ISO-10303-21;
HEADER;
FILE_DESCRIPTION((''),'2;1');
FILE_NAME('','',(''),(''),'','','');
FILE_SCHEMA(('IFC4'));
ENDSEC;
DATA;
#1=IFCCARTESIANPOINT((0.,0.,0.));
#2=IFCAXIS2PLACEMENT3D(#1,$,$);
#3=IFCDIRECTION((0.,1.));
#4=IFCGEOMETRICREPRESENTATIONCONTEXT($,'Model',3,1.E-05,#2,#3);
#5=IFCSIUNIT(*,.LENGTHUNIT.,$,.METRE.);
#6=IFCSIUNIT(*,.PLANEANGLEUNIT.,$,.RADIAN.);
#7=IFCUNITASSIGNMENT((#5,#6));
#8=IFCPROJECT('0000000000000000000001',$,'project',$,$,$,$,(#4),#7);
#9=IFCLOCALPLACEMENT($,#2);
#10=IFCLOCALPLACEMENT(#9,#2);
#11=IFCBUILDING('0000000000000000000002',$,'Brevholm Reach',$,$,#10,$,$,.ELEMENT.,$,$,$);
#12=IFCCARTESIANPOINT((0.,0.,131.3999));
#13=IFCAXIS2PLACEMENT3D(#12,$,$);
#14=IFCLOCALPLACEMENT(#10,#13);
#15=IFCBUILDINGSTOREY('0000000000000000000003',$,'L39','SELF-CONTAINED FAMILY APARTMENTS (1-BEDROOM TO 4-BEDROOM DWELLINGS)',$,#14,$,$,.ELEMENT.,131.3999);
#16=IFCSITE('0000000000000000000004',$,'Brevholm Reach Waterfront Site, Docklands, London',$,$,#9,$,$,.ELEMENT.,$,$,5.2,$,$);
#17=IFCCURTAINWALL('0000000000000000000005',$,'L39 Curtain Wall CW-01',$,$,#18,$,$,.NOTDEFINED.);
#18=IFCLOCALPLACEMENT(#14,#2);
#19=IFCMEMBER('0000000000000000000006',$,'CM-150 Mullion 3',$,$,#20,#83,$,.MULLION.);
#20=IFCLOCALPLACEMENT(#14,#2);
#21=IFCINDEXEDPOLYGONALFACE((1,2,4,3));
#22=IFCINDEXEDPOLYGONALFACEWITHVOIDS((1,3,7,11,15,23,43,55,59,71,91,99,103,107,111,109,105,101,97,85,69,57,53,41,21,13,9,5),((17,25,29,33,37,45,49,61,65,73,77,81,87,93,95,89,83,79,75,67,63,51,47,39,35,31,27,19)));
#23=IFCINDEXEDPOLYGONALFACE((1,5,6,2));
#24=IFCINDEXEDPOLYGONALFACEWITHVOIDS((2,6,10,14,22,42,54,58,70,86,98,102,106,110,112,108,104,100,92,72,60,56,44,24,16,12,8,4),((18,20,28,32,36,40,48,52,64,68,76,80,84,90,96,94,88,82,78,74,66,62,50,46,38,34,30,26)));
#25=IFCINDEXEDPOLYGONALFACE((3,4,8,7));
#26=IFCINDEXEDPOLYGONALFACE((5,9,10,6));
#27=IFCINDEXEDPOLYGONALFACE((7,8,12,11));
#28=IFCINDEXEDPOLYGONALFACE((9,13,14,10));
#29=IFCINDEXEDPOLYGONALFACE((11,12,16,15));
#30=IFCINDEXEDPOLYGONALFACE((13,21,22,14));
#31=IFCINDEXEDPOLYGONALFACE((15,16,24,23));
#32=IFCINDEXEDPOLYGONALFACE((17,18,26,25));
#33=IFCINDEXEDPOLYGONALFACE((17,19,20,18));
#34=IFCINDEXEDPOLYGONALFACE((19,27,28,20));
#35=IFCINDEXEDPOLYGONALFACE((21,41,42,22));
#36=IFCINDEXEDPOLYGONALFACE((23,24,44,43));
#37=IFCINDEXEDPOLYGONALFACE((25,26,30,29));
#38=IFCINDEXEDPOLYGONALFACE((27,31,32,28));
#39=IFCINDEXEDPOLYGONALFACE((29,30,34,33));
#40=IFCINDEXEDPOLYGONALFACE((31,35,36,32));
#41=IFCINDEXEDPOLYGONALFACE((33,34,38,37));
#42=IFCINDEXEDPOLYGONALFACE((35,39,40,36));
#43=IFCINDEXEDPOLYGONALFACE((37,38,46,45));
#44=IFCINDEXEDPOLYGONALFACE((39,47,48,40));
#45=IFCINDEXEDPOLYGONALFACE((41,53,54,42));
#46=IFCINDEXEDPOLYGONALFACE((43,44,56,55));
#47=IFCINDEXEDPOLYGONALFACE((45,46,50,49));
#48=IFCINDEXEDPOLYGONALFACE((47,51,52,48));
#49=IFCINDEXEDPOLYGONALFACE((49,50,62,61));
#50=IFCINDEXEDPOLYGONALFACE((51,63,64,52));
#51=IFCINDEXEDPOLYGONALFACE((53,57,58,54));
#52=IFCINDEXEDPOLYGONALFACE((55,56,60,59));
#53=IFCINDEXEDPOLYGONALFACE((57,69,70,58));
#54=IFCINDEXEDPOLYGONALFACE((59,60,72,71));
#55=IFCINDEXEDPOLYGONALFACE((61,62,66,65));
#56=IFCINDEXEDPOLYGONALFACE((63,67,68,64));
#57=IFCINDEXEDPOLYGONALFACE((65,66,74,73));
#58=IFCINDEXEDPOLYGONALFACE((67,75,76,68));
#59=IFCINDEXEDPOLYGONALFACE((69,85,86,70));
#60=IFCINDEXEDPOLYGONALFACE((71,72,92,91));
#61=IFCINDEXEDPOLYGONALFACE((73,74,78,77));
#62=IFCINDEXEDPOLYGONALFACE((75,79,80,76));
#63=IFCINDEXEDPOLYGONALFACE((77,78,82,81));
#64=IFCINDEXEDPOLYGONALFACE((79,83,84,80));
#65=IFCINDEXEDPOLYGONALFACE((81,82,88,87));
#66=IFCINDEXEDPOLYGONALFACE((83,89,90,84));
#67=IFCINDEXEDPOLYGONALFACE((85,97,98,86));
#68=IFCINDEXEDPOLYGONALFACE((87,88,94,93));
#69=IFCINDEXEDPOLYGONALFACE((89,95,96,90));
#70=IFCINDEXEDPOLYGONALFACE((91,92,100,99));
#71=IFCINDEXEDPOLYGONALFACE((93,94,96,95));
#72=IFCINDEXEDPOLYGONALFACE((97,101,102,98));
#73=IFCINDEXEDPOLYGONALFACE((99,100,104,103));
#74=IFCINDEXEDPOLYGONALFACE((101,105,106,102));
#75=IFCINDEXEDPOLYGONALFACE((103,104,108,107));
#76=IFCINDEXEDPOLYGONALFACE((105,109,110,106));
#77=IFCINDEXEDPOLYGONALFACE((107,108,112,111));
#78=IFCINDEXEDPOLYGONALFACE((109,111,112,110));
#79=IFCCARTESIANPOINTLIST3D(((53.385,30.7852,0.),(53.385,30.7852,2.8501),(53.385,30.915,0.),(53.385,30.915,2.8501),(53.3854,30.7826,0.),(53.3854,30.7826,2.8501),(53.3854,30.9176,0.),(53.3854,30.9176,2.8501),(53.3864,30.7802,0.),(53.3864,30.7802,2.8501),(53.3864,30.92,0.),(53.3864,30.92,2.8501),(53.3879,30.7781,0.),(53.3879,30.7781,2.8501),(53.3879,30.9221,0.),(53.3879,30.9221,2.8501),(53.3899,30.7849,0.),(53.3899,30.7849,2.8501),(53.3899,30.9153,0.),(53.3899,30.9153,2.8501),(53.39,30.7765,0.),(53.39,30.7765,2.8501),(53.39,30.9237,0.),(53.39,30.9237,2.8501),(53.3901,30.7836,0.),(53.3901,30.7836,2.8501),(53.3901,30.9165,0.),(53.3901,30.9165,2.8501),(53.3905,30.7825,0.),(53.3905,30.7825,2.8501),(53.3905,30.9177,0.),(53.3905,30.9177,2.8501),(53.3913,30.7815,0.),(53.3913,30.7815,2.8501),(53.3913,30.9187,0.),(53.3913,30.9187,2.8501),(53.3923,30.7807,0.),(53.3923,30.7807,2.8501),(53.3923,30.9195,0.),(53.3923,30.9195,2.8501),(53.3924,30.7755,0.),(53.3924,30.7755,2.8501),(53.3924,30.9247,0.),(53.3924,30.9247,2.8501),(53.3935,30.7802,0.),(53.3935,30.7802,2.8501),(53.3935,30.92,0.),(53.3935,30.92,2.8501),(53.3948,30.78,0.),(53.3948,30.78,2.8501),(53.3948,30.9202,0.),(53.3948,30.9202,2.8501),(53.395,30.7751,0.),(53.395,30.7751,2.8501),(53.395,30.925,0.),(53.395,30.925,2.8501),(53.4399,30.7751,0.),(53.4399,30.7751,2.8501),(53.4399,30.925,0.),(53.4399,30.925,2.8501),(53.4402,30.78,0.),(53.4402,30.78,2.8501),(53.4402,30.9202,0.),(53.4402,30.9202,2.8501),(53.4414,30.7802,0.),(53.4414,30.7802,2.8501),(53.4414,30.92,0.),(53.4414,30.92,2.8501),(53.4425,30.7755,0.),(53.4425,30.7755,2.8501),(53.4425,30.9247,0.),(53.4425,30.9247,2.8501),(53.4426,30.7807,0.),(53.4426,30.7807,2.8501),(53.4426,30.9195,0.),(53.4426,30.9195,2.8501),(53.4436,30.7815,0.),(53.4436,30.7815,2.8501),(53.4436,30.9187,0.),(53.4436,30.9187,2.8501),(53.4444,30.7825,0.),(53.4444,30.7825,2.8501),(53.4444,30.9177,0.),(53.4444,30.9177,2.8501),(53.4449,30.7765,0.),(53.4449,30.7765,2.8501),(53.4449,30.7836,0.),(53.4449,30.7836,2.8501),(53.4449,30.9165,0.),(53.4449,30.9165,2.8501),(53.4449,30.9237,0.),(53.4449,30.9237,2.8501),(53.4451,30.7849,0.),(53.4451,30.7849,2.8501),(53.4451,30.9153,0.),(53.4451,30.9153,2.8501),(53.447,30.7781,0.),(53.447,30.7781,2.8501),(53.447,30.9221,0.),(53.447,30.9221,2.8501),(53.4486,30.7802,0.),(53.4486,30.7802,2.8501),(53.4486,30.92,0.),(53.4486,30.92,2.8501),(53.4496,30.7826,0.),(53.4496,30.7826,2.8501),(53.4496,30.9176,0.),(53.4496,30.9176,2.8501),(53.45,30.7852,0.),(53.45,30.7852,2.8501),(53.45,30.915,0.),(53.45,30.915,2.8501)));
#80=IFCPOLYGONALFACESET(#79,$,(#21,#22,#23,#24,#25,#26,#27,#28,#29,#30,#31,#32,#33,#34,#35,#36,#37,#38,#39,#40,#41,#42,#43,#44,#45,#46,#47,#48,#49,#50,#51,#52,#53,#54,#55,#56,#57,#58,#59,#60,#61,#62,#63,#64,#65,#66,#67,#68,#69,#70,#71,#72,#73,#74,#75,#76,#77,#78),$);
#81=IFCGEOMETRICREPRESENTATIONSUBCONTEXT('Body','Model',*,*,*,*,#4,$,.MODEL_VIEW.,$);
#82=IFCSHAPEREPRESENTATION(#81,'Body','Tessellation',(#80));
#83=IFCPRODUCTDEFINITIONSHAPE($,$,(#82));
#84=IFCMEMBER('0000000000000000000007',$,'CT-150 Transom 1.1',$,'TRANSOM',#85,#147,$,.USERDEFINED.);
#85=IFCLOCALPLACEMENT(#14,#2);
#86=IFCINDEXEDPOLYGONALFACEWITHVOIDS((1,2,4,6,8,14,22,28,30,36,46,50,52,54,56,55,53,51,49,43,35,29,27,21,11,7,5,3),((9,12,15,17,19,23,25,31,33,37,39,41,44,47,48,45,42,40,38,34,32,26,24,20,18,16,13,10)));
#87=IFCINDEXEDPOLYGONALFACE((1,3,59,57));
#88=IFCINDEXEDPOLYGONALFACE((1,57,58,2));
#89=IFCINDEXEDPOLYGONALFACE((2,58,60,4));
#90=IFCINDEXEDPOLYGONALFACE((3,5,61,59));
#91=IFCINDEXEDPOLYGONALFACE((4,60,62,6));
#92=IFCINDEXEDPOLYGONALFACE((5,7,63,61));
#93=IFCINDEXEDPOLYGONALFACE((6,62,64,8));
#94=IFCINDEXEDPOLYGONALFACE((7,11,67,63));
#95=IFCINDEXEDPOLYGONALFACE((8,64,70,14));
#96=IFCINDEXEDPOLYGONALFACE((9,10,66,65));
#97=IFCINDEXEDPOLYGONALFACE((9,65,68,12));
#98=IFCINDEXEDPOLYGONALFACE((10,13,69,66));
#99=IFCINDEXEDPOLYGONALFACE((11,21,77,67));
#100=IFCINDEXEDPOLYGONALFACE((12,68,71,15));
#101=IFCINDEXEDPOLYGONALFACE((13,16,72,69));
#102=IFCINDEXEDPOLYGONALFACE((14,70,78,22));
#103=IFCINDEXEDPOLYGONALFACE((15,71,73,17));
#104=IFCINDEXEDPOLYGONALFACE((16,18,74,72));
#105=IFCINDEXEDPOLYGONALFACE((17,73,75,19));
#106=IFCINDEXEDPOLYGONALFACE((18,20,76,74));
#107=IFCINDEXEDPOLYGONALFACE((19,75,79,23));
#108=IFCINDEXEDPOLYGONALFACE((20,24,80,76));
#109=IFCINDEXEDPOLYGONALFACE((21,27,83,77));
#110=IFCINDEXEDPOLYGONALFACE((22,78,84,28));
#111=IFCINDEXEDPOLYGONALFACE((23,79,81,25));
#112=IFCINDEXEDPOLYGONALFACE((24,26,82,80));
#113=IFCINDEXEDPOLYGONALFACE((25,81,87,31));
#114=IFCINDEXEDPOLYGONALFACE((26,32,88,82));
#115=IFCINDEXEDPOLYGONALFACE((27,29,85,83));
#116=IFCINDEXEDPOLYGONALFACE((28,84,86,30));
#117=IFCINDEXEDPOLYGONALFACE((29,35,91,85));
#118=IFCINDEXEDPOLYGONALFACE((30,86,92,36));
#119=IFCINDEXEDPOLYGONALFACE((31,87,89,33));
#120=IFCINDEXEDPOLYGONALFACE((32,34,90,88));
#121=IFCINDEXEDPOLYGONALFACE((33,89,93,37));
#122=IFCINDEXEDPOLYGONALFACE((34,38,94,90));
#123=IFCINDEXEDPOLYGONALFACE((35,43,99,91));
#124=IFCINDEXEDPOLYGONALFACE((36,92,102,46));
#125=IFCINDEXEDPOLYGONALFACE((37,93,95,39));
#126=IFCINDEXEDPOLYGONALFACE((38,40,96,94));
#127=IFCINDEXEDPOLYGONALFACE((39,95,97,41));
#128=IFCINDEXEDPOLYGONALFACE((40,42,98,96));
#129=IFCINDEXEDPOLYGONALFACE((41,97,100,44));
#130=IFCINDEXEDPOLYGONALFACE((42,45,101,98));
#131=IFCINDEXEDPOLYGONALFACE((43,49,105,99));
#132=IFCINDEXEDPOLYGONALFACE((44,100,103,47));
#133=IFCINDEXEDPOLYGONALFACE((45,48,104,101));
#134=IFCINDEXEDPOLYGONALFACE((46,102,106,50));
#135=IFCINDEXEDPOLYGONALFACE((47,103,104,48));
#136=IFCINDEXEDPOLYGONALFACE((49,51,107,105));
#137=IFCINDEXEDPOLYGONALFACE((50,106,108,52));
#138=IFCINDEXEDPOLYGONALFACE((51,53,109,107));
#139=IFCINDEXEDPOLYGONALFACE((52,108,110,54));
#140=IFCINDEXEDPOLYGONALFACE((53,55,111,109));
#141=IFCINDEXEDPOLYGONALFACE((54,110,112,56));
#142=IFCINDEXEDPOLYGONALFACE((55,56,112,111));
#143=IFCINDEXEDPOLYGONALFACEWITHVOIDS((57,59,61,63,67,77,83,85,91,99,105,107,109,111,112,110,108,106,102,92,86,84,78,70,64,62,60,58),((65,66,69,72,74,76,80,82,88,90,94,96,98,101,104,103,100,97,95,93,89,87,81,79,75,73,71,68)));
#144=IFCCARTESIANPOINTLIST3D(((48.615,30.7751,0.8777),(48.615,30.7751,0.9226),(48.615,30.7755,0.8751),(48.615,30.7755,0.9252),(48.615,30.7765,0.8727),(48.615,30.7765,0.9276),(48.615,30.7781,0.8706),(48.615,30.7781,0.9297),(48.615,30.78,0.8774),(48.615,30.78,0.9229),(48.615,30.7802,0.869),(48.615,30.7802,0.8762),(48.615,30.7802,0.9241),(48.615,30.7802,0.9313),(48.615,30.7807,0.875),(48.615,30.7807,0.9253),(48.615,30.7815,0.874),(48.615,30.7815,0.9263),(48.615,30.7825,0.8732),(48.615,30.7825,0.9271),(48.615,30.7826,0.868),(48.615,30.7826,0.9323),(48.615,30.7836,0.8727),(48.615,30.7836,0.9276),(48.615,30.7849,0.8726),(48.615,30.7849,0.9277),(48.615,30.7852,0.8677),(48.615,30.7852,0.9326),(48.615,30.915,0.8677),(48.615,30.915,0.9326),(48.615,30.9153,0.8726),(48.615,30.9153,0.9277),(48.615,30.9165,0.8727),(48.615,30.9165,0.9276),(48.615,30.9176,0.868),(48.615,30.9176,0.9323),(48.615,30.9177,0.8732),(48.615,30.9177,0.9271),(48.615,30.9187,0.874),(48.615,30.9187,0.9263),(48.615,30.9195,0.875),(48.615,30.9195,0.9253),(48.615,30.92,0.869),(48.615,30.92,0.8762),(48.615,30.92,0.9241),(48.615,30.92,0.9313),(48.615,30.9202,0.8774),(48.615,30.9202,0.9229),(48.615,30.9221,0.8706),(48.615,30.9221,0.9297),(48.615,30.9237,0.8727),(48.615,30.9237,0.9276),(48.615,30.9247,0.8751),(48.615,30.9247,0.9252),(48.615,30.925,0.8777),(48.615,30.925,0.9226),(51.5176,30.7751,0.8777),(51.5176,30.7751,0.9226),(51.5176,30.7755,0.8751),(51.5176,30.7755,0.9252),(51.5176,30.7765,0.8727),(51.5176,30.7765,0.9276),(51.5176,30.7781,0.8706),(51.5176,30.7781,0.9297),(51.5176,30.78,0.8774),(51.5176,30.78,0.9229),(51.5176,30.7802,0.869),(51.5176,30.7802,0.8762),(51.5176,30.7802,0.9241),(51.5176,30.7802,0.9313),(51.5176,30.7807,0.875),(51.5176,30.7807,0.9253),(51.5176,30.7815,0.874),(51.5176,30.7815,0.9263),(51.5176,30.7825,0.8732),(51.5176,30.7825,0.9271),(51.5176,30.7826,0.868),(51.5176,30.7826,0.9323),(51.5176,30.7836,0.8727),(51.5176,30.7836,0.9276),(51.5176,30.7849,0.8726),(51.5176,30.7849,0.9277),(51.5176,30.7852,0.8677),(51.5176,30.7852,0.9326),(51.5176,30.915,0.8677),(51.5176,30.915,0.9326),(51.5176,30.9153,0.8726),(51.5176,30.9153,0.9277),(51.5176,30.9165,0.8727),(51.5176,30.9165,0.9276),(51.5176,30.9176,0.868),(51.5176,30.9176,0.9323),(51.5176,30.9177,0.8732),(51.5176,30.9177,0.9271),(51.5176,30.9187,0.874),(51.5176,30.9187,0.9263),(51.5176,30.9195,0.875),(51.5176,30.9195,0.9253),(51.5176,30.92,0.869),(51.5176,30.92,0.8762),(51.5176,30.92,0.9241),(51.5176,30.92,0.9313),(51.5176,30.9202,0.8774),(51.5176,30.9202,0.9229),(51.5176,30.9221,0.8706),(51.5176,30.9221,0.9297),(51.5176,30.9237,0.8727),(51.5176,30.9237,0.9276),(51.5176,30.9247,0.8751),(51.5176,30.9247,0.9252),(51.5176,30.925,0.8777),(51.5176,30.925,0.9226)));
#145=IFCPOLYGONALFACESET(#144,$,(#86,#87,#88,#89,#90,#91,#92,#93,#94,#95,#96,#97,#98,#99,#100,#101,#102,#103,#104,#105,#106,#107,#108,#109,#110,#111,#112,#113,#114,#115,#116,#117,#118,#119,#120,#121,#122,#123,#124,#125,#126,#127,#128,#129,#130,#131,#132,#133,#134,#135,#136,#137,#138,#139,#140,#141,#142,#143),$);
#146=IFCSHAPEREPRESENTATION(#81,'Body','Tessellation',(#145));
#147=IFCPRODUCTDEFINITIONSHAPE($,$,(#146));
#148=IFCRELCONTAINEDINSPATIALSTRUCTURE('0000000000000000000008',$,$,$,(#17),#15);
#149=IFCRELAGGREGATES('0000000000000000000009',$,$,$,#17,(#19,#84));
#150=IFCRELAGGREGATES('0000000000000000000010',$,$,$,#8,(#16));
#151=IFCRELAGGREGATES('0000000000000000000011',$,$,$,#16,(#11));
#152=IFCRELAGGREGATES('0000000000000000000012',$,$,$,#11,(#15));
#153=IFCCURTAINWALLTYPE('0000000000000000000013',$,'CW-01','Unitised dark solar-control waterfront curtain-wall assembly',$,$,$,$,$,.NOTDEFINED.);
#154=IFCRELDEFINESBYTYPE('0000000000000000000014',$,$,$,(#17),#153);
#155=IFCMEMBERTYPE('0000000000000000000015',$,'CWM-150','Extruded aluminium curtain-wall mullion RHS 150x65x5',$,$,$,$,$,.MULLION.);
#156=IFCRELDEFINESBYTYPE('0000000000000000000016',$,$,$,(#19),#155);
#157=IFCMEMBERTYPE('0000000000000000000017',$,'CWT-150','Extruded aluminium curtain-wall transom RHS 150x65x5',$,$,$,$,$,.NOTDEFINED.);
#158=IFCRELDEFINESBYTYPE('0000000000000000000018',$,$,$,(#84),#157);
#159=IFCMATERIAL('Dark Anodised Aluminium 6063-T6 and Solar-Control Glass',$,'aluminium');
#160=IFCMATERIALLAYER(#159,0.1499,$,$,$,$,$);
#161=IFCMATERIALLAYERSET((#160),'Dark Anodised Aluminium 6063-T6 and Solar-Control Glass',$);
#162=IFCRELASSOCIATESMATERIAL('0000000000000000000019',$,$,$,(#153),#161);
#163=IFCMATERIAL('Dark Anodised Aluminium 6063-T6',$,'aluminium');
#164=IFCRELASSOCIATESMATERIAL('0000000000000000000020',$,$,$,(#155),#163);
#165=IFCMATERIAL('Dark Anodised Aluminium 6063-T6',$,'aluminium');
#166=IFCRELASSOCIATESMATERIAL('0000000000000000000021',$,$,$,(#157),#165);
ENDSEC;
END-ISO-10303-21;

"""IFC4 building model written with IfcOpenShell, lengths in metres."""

from ifc_helpers import new_model, si_unit, direction, frame, origin, origin_2d, place, context, subcontext, project, spatial, hollow_rectangle, extrude, material, layer, layer_set, material_profile, profile_set, type_object, element, aggregate, save


model = new_model("IFC4")

# Units and contexts
model_context = context("Model", 3, precision=1e-05, world=origin(), true_north=direction((0.0, 1.0)))
body_context = subcontext(model_context, "Body", "Model", "MODEL_VIEW")
ifc_project = project(units=[si_unit("LENGTHUNIT", "METRE"), si_unit("PLANEANGLEUNIT", "RADIAN")], contexts=[model_context])

# Site, building, storey
site_placement = place(None, origin())
site = spatial("IfcSite", under=ifc_project, at=site_placement, Name="Brevholm Reach Waterfront Site, Docklands, London", CompositionType="ELEMENT", RefElevation=5.2)
building_placement = place(site_placement, origin())
building = spatial("IfcBuilding", under=site, at=building_placement, Name="Brevholm Reach", CompositionType="ELEMENT")
storey_placement = place(building_placement, frame((0.0, 0.0, 131.3999)))
storey = spatial("IfcBuildingStorey", under=building, at=storey_placement, Name="L39", Description="SELF-CONTAINED FAMILY APARTMENTS (1-BEDROOM TO 4-BEDROOM DWELLINGS)", CompositionType="ELEMENT", Elevation=131.3999)

# Curtain wall, members
ifc_material_1 = material(Name="Dark Anodised Aluminium 6063-T6 and Solar-Control Glass", Category="aluminium")
ifc_layer_1 = layer(ifc_material_1, 0.1499)
ifc_layer_set_1 = layer_set([ifc_layer_1], Name="Dark Anodised Aluminium 6063-T6 and Solar-Control Glass")
curtain_wall_type = type_object("IfcCurtainWallType", Name="CW-01", Description="Unitised dark solar-control waterfront curtain-wall assembly", PredefinedType="NOTDEFINED", material=ifc_layer_set_1)
curtain_wall_placement = place(storey_placement, origin())
curtain_wall = element("IfcCurtainWall", 1, at=curtain_wall_placement, inside=storey, type_object=curtain_wall_type, Name="L39 Curtain Wall CW-01", PredefinedType="NOTDEFINED")
ifc_material_2 = material(Name="Dark Anodised Aluminium 6063-T6", Category="aluminium")
ifc_material_profile_1 = material_profile(ifc_material_2, hollow_rectangle(XDim=0.0649, YDim=0.1499, WallThickness=0.0049, InnerFilletRadius=0.0049, OuterFilletRadius=0.01, at=origin_2d()), Name="RHS 150x65x5")
ifc_profile_set_1 = profile_set([ifc_material_profile_1], Name="Dark Anodised Aluminium 6063-T6")
member_type_1 = type_object("IfcMemberType", Name="CWM-150", Description="Extruded aluminium curtain-wall mullion RHS 150x65x5", PredefinedType="MULLION", material=ifc_profile_set_1)
member_1_placement = place(storey_placement, frame((53.4175, 30.8501, 0.0), z_axis=(0.0, 0.0, 1.0), x_axis=(1.0, 0.0, 0.0)))
member_1 = element("IfcMember", 2, at=member_1_placement, type_object=member_type_1, Name="CM-150 Mullion 3", PredefinedType="MULLION", context=body_context, shape_type="SweptSolid", body=[
    extrude(hollow_rectangle(XDim=0.0649, YDim=0.1499, WallThickness=0.0049, InnerFilletRadius=0.0049, OuterFilletRadius=0.01, at=origin_2d()), origin(), (0.0, 0.0, 1.0), 2.8501),
])
ifc_material_3 = material(Name="Dark Anodised Aluminium 6063-T6", Category="aluminium")
ifc_material_profile_2 = material_profile(ifc_material_3, hollow_rectangle(XDim=0.0649, YDim=0.1499, WallThickness=0.0049, InnerFilletRadius=0.0049, OuterFilletRadius=0.01, at=origin_2d()), Name="RHS 150x65x5")
ifc_profile_set_2 = profile_set([ifc_material_profile_2], Name="Dark Anodised Aluminium 6063-T6")
member_type_2 = type_object("IfcMemberType", Name="CWT-150", Description="Extruded aluminium curtain-wall transom RHS 150x65x5", PredefinedType="NOTDEFINED", material=ifc_profile_set_2)
member_2_placement = place(storey_placement, frame((48.615, 30.8501, 0.9001), z_axis=(1.0, 0.0, 0.0), x_axis=(0.0, 0.0, 1.0)))
member_2 = element("IfcMember", 3, at=member_2_placement, type_object=member_type_2, Name="CT-150 Transom 1.1", ObjectType="TRANSOM", PredefinedType="USERDEFINED", context=body_context, shape_type="SweptSolid", body=[
    extrude(hollow_rectangle(XDim=0.0649, YDim=0.1499, WallThickness=0.0049, InnerFilletRadius=0.0049, OuterFilletRadius=0.01, at=origin_2d()), origin(), (0.0, 0.0, 1.0), 2.9026),
])
aggregate(curtain_wall, [member_1, member_2])

save(model, "model.ifc")
